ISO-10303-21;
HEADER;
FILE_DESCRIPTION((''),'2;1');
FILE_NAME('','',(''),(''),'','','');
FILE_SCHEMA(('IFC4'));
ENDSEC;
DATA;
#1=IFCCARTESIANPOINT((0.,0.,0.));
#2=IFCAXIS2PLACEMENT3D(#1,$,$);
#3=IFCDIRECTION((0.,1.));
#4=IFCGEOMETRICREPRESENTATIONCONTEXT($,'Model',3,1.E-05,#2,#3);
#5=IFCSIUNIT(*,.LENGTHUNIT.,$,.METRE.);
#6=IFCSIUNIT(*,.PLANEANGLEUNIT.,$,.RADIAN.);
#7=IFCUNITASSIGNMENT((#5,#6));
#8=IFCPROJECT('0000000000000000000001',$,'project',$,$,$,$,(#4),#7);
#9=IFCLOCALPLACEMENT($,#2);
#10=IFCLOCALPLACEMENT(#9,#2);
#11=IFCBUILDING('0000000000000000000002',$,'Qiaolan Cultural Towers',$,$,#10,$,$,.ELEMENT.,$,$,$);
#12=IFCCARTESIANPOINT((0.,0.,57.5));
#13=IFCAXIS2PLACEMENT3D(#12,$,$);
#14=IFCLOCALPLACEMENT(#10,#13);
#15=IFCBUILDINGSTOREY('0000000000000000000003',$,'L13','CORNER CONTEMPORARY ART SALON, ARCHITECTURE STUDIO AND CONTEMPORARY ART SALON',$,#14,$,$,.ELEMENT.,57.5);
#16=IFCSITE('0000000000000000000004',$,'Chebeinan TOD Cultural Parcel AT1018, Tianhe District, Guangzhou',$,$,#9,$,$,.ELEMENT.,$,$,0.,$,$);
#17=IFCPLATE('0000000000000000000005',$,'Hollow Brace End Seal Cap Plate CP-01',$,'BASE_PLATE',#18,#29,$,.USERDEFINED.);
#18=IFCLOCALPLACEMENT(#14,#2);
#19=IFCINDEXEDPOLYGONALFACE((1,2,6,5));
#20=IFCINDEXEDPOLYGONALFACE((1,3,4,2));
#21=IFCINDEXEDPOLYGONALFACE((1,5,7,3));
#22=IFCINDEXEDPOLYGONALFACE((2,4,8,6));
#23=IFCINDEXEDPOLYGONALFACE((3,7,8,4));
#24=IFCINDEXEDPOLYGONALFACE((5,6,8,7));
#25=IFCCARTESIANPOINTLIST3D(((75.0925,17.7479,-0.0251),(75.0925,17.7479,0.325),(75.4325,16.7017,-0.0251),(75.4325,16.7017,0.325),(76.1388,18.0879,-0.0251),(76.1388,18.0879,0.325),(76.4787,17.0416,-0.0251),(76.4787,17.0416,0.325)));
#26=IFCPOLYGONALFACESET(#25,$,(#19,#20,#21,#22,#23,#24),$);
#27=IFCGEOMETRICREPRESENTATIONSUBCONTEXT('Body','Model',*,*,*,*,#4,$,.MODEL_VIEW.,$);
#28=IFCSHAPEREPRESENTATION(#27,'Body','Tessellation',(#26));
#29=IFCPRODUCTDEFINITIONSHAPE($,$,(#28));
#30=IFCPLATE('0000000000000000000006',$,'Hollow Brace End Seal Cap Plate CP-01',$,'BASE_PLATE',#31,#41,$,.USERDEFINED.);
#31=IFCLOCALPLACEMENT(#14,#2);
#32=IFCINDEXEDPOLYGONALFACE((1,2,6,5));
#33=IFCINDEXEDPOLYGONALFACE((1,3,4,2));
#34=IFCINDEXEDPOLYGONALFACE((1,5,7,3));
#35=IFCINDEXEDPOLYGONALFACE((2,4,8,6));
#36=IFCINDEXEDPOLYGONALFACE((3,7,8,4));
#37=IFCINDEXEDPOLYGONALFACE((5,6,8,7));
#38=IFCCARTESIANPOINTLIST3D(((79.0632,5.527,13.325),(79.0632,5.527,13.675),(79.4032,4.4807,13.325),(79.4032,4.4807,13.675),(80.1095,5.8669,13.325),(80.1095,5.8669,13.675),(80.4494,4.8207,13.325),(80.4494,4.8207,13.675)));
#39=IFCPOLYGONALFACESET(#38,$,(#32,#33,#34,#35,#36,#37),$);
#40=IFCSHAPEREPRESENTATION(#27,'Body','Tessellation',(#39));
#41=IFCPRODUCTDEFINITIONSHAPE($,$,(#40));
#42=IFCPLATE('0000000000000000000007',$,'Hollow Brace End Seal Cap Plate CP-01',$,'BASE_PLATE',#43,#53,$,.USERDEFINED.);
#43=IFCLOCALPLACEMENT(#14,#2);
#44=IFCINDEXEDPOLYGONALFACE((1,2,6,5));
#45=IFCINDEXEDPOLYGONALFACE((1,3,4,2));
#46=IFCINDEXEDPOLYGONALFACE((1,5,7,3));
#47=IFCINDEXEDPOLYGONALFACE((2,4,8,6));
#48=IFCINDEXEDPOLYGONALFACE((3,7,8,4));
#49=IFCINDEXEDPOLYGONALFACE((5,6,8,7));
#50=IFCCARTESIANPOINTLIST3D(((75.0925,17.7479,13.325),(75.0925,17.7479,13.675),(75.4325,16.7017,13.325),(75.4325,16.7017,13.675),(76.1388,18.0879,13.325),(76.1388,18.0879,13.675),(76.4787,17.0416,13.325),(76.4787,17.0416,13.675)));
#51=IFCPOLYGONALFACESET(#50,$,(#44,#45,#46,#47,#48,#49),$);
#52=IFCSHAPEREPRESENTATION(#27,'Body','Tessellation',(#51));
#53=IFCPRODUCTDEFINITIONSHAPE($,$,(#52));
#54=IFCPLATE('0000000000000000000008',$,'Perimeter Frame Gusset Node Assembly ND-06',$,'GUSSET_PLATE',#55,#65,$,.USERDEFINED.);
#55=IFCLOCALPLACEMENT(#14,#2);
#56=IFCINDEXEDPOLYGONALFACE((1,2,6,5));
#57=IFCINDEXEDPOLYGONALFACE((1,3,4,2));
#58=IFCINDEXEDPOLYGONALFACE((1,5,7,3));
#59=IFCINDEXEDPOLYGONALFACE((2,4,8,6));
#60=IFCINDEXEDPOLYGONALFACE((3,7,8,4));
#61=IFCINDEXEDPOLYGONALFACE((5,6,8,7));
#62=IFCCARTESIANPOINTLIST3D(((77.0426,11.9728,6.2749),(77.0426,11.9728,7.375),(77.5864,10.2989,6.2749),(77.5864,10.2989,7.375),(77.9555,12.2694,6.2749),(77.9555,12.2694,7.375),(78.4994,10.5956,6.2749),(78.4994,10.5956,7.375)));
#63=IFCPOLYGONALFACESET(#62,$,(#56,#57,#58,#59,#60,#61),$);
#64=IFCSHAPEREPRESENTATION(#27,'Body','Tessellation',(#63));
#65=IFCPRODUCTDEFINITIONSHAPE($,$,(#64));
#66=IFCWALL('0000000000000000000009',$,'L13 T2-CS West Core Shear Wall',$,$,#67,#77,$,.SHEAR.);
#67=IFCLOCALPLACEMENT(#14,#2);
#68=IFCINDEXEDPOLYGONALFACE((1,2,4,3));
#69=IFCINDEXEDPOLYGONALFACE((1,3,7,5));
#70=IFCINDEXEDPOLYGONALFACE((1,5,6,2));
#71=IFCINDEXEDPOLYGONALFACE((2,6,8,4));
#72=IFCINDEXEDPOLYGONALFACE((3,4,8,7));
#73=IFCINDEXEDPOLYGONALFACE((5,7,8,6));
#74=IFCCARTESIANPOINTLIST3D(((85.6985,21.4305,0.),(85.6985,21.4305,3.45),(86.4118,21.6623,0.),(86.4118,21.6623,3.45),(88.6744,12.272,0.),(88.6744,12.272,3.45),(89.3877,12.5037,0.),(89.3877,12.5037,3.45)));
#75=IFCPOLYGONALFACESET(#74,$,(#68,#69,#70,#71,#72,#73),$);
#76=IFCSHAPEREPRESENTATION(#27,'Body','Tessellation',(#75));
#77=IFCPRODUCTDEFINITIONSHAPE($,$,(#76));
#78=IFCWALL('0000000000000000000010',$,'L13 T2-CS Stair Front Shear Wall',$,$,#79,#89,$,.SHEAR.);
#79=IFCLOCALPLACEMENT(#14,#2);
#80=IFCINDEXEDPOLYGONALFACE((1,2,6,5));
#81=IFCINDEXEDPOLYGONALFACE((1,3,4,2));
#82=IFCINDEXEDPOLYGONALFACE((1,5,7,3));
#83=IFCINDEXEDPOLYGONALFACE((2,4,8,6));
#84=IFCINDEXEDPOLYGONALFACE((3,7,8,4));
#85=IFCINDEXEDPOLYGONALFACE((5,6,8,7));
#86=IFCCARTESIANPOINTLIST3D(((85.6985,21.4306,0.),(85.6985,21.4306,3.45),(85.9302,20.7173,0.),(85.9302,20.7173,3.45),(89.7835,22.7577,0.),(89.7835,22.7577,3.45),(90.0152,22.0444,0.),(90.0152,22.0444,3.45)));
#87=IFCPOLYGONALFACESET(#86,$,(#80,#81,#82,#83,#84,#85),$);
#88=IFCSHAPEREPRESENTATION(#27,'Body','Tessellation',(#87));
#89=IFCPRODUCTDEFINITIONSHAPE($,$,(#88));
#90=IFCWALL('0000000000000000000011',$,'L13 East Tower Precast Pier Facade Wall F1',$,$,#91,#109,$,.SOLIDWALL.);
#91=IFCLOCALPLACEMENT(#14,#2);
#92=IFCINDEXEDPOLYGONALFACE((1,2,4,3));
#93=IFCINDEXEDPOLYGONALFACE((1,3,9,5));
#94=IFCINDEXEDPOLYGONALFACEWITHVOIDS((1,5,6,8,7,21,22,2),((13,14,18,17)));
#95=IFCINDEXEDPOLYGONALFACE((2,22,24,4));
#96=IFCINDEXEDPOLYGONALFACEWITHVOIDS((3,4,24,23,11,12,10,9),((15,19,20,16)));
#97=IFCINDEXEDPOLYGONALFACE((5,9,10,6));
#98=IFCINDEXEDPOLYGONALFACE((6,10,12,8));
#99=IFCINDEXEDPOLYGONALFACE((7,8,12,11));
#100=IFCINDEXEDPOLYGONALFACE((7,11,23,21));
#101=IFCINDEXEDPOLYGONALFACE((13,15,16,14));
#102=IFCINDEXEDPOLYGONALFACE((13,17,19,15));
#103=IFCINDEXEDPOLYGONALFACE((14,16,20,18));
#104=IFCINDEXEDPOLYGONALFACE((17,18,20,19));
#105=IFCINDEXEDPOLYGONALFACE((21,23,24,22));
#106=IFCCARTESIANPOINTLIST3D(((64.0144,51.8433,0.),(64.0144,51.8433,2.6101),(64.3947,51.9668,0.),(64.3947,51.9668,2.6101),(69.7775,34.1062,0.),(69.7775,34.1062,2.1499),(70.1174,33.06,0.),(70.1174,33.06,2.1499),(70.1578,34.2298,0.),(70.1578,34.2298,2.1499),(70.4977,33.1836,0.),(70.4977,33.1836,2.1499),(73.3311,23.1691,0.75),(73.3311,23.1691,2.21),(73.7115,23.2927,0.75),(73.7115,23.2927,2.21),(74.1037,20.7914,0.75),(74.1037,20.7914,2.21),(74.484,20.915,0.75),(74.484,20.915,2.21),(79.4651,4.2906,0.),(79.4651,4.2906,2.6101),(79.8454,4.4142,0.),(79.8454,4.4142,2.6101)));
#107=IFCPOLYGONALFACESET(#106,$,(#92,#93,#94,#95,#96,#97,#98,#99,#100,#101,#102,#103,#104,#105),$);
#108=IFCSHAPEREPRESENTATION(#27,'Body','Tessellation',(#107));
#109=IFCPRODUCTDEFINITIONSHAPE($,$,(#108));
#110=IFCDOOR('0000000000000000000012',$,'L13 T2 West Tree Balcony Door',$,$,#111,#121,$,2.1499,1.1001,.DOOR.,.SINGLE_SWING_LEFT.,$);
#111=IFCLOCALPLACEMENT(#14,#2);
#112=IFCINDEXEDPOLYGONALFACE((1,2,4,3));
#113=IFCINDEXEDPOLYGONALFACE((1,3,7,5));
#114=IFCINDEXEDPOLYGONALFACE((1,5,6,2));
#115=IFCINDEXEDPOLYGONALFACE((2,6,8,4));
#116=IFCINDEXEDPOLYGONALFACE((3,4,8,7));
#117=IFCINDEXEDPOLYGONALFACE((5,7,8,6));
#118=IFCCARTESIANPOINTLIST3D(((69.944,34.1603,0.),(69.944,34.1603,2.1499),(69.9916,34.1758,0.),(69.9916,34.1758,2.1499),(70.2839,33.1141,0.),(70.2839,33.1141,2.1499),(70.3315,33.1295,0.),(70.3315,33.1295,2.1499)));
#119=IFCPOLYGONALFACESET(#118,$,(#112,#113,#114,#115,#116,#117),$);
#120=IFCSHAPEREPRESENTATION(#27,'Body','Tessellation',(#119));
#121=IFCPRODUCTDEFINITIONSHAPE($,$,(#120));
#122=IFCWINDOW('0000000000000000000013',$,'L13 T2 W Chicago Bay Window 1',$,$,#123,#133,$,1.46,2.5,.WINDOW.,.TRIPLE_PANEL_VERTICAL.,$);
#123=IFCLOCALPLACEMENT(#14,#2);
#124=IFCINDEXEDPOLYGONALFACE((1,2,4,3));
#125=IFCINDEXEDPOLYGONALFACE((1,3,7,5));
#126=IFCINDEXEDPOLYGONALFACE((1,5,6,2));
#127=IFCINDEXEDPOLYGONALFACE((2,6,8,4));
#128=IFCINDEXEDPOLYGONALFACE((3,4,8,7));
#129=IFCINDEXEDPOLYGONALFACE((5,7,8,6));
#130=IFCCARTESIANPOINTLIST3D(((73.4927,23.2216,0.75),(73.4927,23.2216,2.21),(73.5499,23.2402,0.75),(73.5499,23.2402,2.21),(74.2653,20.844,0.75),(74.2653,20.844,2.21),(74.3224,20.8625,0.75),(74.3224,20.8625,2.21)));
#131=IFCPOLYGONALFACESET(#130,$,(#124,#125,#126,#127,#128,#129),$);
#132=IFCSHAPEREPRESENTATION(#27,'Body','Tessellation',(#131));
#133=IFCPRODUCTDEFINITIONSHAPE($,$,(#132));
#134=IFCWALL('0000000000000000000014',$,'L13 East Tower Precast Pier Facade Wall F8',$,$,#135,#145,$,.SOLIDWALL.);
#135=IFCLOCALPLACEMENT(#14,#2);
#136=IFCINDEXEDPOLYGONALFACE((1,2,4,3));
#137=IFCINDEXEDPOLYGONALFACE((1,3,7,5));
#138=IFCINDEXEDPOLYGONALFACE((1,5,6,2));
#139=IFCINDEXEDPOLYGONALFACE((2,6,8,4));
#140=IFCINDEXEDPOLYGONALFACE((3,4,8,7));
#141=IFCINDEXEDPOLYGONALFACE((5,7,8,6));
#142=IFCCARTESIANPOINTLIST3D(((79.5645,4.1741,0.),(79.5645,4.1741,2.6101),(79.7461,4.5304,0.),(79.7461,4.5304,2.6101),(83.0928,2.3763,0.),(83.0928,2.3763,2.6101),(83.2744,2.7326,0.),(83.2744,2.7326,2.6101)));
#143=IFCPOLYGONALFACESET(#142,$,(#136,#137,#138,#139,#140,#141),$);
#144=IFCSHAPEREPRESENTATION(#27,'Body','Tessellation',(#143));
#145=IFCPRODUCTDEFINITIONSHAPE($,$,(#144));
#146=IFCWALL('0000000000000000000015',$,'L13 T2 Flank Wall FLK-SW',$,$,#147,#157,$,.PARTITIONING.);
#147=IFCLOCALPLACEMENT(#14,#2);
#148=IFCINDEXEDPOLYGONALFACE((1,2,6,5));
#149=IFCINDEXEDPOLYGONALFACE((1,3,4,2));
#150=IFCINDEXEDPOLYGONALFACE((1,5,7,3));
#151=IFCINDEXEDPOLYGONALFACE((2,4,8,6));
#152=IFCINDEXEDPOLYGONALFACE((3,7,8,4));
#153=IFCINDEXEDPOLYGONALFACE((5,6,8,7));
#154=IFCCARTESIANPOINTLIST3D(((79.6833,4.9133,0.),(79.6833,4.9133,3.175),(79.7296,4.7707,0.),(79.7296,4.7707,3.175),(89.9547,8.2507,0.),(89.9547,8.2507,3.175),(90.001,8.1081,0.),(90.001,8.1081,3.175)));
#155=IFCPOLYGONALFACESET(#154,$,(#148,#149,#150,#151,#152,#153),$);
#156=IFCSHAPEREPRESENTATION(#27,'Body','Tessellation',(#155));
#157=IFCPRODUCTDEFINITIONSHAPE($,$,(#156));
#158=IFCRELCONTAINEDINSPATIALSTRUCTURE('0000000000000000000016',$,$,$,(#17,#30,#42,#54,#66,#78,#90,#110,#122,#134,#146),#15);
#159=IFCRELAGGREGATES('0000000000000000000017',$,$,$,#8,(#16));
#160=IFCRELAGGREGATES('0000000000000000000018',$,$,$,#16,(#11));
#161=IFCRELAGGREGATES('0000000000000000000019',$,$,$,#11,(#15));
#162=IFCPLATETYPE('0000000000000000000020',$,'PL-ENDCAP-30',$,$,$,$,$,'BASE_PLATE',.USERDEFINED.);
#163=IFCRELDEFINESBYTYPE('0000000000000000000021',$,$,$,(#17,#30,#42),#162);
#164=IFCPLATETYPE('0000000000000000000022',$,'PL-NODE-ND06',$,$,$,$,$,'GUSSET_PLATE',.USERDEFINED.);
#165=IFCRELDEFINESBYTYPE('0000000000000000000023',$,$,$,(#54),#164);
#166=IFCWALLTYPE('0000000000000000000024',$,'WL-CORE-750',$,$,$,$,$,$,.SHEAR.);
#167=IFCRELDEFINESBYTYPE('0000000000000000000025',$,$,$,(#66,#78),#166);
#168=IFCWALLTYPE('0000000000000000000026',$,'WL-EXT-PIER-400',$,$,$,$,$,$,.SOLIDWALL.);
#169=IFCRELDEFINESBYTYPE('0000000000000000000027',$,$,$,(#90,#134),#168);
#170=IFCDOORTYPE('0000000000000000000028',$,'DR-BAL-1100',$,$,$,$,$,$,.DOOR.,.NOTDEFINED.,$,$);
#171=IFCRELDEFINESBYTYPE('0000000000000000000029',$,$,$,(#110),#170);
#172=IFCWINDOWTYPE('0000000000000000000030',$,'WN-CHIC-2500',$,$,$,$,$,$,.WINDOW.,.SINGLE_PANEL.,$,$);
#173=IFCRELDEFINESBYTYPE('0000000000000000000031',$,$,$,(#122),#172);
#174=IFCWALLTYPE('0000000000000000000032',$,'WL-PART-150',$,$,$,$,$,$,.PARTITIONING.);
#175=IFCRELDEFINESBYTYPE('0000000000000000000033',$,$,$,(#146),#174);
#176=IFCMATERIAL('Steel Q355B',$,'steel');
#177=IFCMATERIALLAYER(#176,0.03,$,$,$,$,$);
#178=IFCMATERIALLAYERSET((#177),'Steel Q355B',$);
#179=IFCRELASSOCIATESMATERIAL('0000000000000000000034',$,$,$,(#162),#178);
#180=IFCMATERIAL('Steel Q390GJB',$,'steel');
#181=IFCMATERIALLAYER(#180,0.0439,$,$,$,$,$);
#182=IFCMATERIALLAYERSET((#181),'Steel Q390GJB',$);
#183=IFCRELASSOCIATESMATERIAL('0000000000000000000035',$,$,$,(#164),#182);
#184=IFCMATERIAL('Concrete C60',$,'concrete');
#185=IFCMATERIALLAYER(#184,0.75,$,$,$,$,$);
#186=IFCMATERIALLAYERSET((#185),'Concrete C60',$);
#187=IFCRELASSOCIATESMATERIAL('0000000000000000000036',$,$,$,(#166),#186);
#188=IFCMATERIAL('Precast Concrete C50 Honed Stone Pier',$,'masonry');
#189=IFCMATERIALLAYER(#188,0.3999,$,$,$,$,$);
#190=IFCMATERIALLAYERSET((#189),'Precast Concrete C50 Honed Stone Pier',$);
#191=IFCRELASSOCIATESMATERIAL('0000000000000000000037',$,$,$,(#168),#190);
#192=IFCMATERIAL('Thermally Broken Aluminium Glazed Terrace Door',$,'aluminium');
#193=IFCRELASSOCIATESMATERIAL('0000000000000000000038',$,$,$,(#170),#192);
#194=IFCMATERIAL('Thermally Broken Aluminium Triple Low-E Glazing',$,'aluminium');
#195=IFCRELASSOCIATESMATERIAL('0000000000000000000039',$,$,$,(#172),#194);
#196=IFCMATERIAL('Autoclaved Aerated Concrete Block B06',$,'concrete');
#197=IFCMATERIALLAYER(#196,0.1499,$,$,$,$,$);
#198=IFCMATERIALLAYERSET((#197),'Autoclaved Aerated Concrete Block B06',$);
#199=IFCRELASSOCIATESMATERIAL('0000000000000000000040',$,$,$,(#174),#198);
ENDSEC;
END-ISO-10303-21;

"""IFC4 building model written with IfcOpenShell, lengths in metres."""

from ifc_helpers import new_model, si_unit, direction, frame, frame_2d, origin, origin_2d, place, context, subcontext, project, spatial, rectangle, extrude, material, layer, layer_set, type_object, element, fill, save


model = new_model("IFC4")

# Units and contexts
model_context = context("Model", 3, precision=1e-05, world=origin(), true_north=direction((0.0, 1.0)))
body_context = subcontext(model_context, "Body", "Model", "MODEL_VIEW")
ifc_project = project(units=[si_unit("LENGTHUNIT", "METRE"), si_unit("PLANEANGLEUNIT", "RADIAN")], contexts=[model_context])

# Site, building, storey
site_placement = place(None, origin())
site = spatial("IfcSite", under=ifc_project, at=site_placement, Name="Chebeinan TOD Cultural Parcel AT1018, Tianhe District, Guangzhou", CompositionType="ELEMENT", RefElevation=0.0)
building_placement = place(site_placement, origin())
building = spatial("IfcBuilding", under=site, at=building_placement, Name="Qiaolan Cultural Towers", CompositionType="ELEMENT")
storey_placement = place(building_placement, frame((0.0, 0.0, 57.5)))
storey = spatial("IfcBuildingStorey", under=building, at=storey_placement, Name="L13", Description="CORNER CONTEMPORARY ART SALON, ARCHITECTURE STUDIO AND CONTEMPORARY ART SALON", CompositionType="ELEMENT", Elevation=57.5)

# Plates
ifc_material_1 = material(Name="Steel Q355B", Category="steel")
ifc_layer_1 = layer(ifc_material_1, 0.03)
ifc_layer_set_1 = layer_set([ifc_layer_1], Name="Steel Q355B")
plate_type_1 = type_object("IfcPlateType", Name="PL-ENDCAP-30", ElementType="BASE_PLATE", PredefinedType="USERDEFINED", material=ifc_layer_set_1)
for number, where, z_axis, x_axis, name in (
    (1, (75.7856, 17.3948, -0.0251), (0.0, 0.0, 1.0), (-0.309017, 0.951057, 0.0), "Hollow Brace End Seal Cap Plate CP-01"),
    (2, (79.7563, 5.1738, 13.325), (0.0, 0.0, 1.0), (-0.309017, 0.951057, 0.0), "Hollow Brace End Seal Cap Plate CP-01"),
    (3, (75.7856, 17.3948, 13.325), (0.0, 0.0, 1.0), (-0.309017, 0.951057, 0.0), "Hollow Brace End Seal Cap Plate CP-01"),
):
    element("IfcPlate", number, at=place(storey_placement, frame(where, z_axis=z_axis, x_axis=x_axis)), inside=storey, type_object=plate_type_1, Name=name, ObjectType="BASE_PLATE", PredefinedType="USERDEFINED", context=body_context, shape_type="SweptSolid", body=[
        extrude(rectangle(XDim=1.1001, YDim=1.1001, at=origin_2d()), origin(), (0.0, 0.0, 1.0), 0.3501),
    ])
ifc_material_2 = material(Name="Steel Q390GJB", Category="steel")
ifc_layer_2 = layer(ifc_material_2, 0.0439)
ifc_layer_set_2 = layer_set([ifc_layer_2], Name="Steel Q390GJB")
plate_type_2 = type_object("IfcPlateType", Name="PL-NODE-ND06", ElementType="GUSSET_PLATE", PredefinedType="USERDEFINED", material=ifc_layer_set_2)
plate_placement = place(storey_placement, frame((77.771, 11.2842, 6.2749), z_axis=(0.0, 0.0, 1.0), x_axis=(-0.309017, 0.951057, 0.0)))
element("IfcPlate", 4, at=plate_placement, inside=storey, type_object=plate_type_2, Name="Perimeter Frame Gusset Node Assembly ND-06", ObjectType="GUSSET_PLATE", PredefinedType="USERDEFINED", context=body_context, shape_type="SweptSolid", body=[
    extrude(rectangle(XDim=1.76, YDim=0.96, at=origin_2d()), origin(), (0.0, 0.0, 1.0), 1.1001),
])

# Walls
ifc_material_3 = material(Name="Concrete C60", Category="concrete")
ifc_layer_3 = layer(ifc_material_3, 0.75)
ifc_layer_set_3 = layer_set([ifc_layer_3], Name="Concrete C60")
wall_type_1 = type_object("IfcWallType", Name="WL-CORE-750", PredefinedType="SHEAR", material=ifc_layer_set_3)
wall_1_placement = place(storey_placement, frame((86.0552, 21.5464, 0.0), z_axis=(0.0, 0.0, 1.0), x_axis=(0.309024, -0.951054, 0.0)))
element("IfcWall", 5, at=wall_1_placement, inside=storey, type_object=wall_type_1, Name="L13 T2-CS West Core Shear Wall", PredefinedType="SHEAR", context=body_context, shape_type="SweptSolid", body=[
    extrude(rectangle(XDim=9.6299, YDim=0.75, at=frame_2d((4.8149, 0.0))), origin(), (0.0, 0.0, 1.0), 3.45),
])
wall_2_placement = place(storey_placement, frame((85.8145, 21.074, 0.0), z_axis=(0.0, 0.0, 1.0), x_axis=(0.951066, 0.308988, 0.0)))
element("IfcWall", 6, at=wall_2_placement, inside=storey, type_object=wall_type_1, Name="L13 T2-CS Stair Front Shear Wall", PredefinedType="SHEAR", context=body_context, shape_type="SweptSolid", body=[
    extrude(rectangle(XDim=4.2952, YDim=0.75, at=frame_2d((2.1475, 0.0))), origin(), (0.0, 0.0, 1.0), 3.45),
])

# Wall, openings, door, window
ifc_material_4 = material(Name="Precast Concrete C50 Honed Stone Pier", Category="masonry")
ifc_layer_4 = layer(ifc_material_4, 0.3999)
ifc_layer_set_4 = layer_set([ifc_layer_4], Name="Precast Concrete C50 Honed Stone Pier")
wall_type_2 = type_object("IfcWallType", Name="WL-EXT-PIER-400", PredefinedType="SOLIDWALL", material=ifc_layer_set_4)
wall_3_placement = place(storey_placement, frame((79.6553, 4.3523, 0.0), z_axis=(0.0, 0.0, 1.0), x_axis=(-0.309015, 0.951057, 0.0)))
wall_3 = element("IfcWall", 7, at=wall_3_placement, inside=storey, type_object=wall_type_2, Name="L13 East Tower Precast Pier Facade Wall F1", PredefinedType="SOLIDWALL", context=body_context, shape_type="SweptSolid", body=[
    extrude(rectangle(XDim=49.9998, YDim=0.3999, at=frame_2d((25.0, 0.0))), origin(), (0.0, 0.0, 1.0), 2.6101),
])
opening_1_placement = place(wall_3_placement, frame((17.3501, 0.0, 0.75)))
opening_1 = element("IfcOpeningElement", 8, at=opening_1_placement, cuts=wall_3, PredefinedType="OPENING", context=body_context, shape_type="SweptSolid", body=[
    extrude(rectangle(XDim=2.5, YDim=1.46, at=frame_2d((1.25, 0.73))), frame((0.0, 0.21, 0.0), z_axis=(0.0, -1.0, 0.0), x_axis=(1.0, 0.0, 0.0)), (0.0, 0.0, 1.0), 0.4199),
])
opening_2_placement = place(wall_3_placement, frame((30.25, 0.0, 0.0)))
opening_2 = element("IfcOpeningElement", 9, at=opening_2_placement, cuts=wall_3, PredefinedType="OPENING", context=body_context, shape_type="SweptSolid", body=[
    extrude(rectangle(XDim=1.1001, YDim=2.1499, at=frame_2d((0.55, 1.075))), frame((0.0, 0.21, 0.0), z_axis=(0.0, -1.0, 0.0), x_axis=(1.0, 0.0, 0.0)), (0.0, 0.0, 1.0), 0.4199),
])
ifc_material_5 = material(Name="Thermally Broken Aluminium Glazed Terrace Door", Category="aluminium")
door_type_1 = type_object("IfcDoorType", Name="DR-BAL-1100", OperationType="NOTDEFINED", PredefinedType="DOOR", material=ifc_material_5)
door_1_placement = place(opening_2_placement, origin())
door_1 = element("IfcDoor", 10, at=door_1_placement, inside=storey, type_object=door_type_1, Name="L13 T2 West Tree Balcony Door", OperationType="SINGLE_SWING_LEFT", OverallHeight=2.1499, OverallWidth=1.1001, PredefinedType="DOOR", context=body_context, shape_type="SweptSolid", body=[
    extrude(rectangle(XDim=1.1001, YDim=2.1499, at=frame_2d((0.55, 1.075))), frame((0.0, 0.0249, 0.0), z_axis=(0.0, -1.0, 0.0), x_axis=(1.0, 0.0, 0.0)), (0.0, 0.0, 1.0), 0.05),
])
fill(opening_2, door_1)
ifc_material_6 = material(Name="Thermally Broken Aluminium Triple Low-E Glazing", Category="aluminium")
window_type = type_object("IfcWindowType", Name="WN-CHIC-2500", PartitioningType="SINGLE_PANEL", PredefinedType="WINDOW", material=ifc_material_6)
window_placement = place(opening_1_placement, origin())
window = element("IfcWindow", 11, at=window_placement, inside=storey, type_object=window_type, Name="L13 T2 W Chicago Bay Window 1", OverallHeight=1.46, OverallWidth=2.5, PartitioningType="TRIPLE_PANEL_VERTICAL", PredefinedType="WINDOW", context=body_context, shape_type="SweptSolid", body=[
    extrude(rectangle(XDim=2.5, YDim=1.46, at=frame_2d((1.25, 0.73))), frame((0.0, 0.03, 0.0), z_axis=(0.0, -1.0, 0.0), x_axis=(1.0, 0.0, 0.0)), (0.0, 0.0, 1.0), 0.0601),
])
fill(opening_1, window)

# Walls
wall_4_placement = place(storey_placement, frame((83.1836, 2.5544, 0.0), z_axis=(0.0, 0.0, 1.0), x_axis=(-0.890998, 0.454007, 0.0)))
element("IfcWall", 12, at=wall_4_placement, inside=storey, type_object=wall_type_2, Name="L13 East Tower Precast Pier Facade Wall F8", PredefinedType="SOLIDWALL", context=body_context, shape_type="SweptSolid", body=[
    extrude(rectangle(XDim=3.96, YDim=0.3999, at=frame_2d((1.98, 0.0))), origin(), (0.0, 0.0, 1.0), 2.6101),
])
ifc_material_7 = material(Name="Autoclaved Aerated Concrete Block B06", Category="concrete")
ifc_layer_5 = layer(ifc_material_7, 0.1499)
ifc_layer_set_5 = layer_set([ifc_layer_5], Name="Autoclaved Aerated Concrete Block B06")
wall_type_3 = type_object("IfcWallType", Name="WL-PART-150", PredefinedType="PARTITIONING", material=ifc_layer_set_5)
wall_5_placement = place(storey_placement, frame((79.7065, 4.842, 0.0), z_axis=(0.0, 0.0, 1.0), x_axis=(0.951057, 0.309017, 0.0)))
element("IfcWall", 13, at=wall_5_placement, inside=storey, type_object=wall_type_3, Name="L13 T2 Flank Wall FLK-SW", PredefinedType="PARTITIONING", context=body_context, shape_type="SweptSolid", body=[
    extrude(rectangle(XDim=10.8, YDim=0.1499, at=frame_2d((5.3999, 0.0))), origin(), (0.0, 0.0, 1.0), 3.175),
])

save(model, "model.ifc")
